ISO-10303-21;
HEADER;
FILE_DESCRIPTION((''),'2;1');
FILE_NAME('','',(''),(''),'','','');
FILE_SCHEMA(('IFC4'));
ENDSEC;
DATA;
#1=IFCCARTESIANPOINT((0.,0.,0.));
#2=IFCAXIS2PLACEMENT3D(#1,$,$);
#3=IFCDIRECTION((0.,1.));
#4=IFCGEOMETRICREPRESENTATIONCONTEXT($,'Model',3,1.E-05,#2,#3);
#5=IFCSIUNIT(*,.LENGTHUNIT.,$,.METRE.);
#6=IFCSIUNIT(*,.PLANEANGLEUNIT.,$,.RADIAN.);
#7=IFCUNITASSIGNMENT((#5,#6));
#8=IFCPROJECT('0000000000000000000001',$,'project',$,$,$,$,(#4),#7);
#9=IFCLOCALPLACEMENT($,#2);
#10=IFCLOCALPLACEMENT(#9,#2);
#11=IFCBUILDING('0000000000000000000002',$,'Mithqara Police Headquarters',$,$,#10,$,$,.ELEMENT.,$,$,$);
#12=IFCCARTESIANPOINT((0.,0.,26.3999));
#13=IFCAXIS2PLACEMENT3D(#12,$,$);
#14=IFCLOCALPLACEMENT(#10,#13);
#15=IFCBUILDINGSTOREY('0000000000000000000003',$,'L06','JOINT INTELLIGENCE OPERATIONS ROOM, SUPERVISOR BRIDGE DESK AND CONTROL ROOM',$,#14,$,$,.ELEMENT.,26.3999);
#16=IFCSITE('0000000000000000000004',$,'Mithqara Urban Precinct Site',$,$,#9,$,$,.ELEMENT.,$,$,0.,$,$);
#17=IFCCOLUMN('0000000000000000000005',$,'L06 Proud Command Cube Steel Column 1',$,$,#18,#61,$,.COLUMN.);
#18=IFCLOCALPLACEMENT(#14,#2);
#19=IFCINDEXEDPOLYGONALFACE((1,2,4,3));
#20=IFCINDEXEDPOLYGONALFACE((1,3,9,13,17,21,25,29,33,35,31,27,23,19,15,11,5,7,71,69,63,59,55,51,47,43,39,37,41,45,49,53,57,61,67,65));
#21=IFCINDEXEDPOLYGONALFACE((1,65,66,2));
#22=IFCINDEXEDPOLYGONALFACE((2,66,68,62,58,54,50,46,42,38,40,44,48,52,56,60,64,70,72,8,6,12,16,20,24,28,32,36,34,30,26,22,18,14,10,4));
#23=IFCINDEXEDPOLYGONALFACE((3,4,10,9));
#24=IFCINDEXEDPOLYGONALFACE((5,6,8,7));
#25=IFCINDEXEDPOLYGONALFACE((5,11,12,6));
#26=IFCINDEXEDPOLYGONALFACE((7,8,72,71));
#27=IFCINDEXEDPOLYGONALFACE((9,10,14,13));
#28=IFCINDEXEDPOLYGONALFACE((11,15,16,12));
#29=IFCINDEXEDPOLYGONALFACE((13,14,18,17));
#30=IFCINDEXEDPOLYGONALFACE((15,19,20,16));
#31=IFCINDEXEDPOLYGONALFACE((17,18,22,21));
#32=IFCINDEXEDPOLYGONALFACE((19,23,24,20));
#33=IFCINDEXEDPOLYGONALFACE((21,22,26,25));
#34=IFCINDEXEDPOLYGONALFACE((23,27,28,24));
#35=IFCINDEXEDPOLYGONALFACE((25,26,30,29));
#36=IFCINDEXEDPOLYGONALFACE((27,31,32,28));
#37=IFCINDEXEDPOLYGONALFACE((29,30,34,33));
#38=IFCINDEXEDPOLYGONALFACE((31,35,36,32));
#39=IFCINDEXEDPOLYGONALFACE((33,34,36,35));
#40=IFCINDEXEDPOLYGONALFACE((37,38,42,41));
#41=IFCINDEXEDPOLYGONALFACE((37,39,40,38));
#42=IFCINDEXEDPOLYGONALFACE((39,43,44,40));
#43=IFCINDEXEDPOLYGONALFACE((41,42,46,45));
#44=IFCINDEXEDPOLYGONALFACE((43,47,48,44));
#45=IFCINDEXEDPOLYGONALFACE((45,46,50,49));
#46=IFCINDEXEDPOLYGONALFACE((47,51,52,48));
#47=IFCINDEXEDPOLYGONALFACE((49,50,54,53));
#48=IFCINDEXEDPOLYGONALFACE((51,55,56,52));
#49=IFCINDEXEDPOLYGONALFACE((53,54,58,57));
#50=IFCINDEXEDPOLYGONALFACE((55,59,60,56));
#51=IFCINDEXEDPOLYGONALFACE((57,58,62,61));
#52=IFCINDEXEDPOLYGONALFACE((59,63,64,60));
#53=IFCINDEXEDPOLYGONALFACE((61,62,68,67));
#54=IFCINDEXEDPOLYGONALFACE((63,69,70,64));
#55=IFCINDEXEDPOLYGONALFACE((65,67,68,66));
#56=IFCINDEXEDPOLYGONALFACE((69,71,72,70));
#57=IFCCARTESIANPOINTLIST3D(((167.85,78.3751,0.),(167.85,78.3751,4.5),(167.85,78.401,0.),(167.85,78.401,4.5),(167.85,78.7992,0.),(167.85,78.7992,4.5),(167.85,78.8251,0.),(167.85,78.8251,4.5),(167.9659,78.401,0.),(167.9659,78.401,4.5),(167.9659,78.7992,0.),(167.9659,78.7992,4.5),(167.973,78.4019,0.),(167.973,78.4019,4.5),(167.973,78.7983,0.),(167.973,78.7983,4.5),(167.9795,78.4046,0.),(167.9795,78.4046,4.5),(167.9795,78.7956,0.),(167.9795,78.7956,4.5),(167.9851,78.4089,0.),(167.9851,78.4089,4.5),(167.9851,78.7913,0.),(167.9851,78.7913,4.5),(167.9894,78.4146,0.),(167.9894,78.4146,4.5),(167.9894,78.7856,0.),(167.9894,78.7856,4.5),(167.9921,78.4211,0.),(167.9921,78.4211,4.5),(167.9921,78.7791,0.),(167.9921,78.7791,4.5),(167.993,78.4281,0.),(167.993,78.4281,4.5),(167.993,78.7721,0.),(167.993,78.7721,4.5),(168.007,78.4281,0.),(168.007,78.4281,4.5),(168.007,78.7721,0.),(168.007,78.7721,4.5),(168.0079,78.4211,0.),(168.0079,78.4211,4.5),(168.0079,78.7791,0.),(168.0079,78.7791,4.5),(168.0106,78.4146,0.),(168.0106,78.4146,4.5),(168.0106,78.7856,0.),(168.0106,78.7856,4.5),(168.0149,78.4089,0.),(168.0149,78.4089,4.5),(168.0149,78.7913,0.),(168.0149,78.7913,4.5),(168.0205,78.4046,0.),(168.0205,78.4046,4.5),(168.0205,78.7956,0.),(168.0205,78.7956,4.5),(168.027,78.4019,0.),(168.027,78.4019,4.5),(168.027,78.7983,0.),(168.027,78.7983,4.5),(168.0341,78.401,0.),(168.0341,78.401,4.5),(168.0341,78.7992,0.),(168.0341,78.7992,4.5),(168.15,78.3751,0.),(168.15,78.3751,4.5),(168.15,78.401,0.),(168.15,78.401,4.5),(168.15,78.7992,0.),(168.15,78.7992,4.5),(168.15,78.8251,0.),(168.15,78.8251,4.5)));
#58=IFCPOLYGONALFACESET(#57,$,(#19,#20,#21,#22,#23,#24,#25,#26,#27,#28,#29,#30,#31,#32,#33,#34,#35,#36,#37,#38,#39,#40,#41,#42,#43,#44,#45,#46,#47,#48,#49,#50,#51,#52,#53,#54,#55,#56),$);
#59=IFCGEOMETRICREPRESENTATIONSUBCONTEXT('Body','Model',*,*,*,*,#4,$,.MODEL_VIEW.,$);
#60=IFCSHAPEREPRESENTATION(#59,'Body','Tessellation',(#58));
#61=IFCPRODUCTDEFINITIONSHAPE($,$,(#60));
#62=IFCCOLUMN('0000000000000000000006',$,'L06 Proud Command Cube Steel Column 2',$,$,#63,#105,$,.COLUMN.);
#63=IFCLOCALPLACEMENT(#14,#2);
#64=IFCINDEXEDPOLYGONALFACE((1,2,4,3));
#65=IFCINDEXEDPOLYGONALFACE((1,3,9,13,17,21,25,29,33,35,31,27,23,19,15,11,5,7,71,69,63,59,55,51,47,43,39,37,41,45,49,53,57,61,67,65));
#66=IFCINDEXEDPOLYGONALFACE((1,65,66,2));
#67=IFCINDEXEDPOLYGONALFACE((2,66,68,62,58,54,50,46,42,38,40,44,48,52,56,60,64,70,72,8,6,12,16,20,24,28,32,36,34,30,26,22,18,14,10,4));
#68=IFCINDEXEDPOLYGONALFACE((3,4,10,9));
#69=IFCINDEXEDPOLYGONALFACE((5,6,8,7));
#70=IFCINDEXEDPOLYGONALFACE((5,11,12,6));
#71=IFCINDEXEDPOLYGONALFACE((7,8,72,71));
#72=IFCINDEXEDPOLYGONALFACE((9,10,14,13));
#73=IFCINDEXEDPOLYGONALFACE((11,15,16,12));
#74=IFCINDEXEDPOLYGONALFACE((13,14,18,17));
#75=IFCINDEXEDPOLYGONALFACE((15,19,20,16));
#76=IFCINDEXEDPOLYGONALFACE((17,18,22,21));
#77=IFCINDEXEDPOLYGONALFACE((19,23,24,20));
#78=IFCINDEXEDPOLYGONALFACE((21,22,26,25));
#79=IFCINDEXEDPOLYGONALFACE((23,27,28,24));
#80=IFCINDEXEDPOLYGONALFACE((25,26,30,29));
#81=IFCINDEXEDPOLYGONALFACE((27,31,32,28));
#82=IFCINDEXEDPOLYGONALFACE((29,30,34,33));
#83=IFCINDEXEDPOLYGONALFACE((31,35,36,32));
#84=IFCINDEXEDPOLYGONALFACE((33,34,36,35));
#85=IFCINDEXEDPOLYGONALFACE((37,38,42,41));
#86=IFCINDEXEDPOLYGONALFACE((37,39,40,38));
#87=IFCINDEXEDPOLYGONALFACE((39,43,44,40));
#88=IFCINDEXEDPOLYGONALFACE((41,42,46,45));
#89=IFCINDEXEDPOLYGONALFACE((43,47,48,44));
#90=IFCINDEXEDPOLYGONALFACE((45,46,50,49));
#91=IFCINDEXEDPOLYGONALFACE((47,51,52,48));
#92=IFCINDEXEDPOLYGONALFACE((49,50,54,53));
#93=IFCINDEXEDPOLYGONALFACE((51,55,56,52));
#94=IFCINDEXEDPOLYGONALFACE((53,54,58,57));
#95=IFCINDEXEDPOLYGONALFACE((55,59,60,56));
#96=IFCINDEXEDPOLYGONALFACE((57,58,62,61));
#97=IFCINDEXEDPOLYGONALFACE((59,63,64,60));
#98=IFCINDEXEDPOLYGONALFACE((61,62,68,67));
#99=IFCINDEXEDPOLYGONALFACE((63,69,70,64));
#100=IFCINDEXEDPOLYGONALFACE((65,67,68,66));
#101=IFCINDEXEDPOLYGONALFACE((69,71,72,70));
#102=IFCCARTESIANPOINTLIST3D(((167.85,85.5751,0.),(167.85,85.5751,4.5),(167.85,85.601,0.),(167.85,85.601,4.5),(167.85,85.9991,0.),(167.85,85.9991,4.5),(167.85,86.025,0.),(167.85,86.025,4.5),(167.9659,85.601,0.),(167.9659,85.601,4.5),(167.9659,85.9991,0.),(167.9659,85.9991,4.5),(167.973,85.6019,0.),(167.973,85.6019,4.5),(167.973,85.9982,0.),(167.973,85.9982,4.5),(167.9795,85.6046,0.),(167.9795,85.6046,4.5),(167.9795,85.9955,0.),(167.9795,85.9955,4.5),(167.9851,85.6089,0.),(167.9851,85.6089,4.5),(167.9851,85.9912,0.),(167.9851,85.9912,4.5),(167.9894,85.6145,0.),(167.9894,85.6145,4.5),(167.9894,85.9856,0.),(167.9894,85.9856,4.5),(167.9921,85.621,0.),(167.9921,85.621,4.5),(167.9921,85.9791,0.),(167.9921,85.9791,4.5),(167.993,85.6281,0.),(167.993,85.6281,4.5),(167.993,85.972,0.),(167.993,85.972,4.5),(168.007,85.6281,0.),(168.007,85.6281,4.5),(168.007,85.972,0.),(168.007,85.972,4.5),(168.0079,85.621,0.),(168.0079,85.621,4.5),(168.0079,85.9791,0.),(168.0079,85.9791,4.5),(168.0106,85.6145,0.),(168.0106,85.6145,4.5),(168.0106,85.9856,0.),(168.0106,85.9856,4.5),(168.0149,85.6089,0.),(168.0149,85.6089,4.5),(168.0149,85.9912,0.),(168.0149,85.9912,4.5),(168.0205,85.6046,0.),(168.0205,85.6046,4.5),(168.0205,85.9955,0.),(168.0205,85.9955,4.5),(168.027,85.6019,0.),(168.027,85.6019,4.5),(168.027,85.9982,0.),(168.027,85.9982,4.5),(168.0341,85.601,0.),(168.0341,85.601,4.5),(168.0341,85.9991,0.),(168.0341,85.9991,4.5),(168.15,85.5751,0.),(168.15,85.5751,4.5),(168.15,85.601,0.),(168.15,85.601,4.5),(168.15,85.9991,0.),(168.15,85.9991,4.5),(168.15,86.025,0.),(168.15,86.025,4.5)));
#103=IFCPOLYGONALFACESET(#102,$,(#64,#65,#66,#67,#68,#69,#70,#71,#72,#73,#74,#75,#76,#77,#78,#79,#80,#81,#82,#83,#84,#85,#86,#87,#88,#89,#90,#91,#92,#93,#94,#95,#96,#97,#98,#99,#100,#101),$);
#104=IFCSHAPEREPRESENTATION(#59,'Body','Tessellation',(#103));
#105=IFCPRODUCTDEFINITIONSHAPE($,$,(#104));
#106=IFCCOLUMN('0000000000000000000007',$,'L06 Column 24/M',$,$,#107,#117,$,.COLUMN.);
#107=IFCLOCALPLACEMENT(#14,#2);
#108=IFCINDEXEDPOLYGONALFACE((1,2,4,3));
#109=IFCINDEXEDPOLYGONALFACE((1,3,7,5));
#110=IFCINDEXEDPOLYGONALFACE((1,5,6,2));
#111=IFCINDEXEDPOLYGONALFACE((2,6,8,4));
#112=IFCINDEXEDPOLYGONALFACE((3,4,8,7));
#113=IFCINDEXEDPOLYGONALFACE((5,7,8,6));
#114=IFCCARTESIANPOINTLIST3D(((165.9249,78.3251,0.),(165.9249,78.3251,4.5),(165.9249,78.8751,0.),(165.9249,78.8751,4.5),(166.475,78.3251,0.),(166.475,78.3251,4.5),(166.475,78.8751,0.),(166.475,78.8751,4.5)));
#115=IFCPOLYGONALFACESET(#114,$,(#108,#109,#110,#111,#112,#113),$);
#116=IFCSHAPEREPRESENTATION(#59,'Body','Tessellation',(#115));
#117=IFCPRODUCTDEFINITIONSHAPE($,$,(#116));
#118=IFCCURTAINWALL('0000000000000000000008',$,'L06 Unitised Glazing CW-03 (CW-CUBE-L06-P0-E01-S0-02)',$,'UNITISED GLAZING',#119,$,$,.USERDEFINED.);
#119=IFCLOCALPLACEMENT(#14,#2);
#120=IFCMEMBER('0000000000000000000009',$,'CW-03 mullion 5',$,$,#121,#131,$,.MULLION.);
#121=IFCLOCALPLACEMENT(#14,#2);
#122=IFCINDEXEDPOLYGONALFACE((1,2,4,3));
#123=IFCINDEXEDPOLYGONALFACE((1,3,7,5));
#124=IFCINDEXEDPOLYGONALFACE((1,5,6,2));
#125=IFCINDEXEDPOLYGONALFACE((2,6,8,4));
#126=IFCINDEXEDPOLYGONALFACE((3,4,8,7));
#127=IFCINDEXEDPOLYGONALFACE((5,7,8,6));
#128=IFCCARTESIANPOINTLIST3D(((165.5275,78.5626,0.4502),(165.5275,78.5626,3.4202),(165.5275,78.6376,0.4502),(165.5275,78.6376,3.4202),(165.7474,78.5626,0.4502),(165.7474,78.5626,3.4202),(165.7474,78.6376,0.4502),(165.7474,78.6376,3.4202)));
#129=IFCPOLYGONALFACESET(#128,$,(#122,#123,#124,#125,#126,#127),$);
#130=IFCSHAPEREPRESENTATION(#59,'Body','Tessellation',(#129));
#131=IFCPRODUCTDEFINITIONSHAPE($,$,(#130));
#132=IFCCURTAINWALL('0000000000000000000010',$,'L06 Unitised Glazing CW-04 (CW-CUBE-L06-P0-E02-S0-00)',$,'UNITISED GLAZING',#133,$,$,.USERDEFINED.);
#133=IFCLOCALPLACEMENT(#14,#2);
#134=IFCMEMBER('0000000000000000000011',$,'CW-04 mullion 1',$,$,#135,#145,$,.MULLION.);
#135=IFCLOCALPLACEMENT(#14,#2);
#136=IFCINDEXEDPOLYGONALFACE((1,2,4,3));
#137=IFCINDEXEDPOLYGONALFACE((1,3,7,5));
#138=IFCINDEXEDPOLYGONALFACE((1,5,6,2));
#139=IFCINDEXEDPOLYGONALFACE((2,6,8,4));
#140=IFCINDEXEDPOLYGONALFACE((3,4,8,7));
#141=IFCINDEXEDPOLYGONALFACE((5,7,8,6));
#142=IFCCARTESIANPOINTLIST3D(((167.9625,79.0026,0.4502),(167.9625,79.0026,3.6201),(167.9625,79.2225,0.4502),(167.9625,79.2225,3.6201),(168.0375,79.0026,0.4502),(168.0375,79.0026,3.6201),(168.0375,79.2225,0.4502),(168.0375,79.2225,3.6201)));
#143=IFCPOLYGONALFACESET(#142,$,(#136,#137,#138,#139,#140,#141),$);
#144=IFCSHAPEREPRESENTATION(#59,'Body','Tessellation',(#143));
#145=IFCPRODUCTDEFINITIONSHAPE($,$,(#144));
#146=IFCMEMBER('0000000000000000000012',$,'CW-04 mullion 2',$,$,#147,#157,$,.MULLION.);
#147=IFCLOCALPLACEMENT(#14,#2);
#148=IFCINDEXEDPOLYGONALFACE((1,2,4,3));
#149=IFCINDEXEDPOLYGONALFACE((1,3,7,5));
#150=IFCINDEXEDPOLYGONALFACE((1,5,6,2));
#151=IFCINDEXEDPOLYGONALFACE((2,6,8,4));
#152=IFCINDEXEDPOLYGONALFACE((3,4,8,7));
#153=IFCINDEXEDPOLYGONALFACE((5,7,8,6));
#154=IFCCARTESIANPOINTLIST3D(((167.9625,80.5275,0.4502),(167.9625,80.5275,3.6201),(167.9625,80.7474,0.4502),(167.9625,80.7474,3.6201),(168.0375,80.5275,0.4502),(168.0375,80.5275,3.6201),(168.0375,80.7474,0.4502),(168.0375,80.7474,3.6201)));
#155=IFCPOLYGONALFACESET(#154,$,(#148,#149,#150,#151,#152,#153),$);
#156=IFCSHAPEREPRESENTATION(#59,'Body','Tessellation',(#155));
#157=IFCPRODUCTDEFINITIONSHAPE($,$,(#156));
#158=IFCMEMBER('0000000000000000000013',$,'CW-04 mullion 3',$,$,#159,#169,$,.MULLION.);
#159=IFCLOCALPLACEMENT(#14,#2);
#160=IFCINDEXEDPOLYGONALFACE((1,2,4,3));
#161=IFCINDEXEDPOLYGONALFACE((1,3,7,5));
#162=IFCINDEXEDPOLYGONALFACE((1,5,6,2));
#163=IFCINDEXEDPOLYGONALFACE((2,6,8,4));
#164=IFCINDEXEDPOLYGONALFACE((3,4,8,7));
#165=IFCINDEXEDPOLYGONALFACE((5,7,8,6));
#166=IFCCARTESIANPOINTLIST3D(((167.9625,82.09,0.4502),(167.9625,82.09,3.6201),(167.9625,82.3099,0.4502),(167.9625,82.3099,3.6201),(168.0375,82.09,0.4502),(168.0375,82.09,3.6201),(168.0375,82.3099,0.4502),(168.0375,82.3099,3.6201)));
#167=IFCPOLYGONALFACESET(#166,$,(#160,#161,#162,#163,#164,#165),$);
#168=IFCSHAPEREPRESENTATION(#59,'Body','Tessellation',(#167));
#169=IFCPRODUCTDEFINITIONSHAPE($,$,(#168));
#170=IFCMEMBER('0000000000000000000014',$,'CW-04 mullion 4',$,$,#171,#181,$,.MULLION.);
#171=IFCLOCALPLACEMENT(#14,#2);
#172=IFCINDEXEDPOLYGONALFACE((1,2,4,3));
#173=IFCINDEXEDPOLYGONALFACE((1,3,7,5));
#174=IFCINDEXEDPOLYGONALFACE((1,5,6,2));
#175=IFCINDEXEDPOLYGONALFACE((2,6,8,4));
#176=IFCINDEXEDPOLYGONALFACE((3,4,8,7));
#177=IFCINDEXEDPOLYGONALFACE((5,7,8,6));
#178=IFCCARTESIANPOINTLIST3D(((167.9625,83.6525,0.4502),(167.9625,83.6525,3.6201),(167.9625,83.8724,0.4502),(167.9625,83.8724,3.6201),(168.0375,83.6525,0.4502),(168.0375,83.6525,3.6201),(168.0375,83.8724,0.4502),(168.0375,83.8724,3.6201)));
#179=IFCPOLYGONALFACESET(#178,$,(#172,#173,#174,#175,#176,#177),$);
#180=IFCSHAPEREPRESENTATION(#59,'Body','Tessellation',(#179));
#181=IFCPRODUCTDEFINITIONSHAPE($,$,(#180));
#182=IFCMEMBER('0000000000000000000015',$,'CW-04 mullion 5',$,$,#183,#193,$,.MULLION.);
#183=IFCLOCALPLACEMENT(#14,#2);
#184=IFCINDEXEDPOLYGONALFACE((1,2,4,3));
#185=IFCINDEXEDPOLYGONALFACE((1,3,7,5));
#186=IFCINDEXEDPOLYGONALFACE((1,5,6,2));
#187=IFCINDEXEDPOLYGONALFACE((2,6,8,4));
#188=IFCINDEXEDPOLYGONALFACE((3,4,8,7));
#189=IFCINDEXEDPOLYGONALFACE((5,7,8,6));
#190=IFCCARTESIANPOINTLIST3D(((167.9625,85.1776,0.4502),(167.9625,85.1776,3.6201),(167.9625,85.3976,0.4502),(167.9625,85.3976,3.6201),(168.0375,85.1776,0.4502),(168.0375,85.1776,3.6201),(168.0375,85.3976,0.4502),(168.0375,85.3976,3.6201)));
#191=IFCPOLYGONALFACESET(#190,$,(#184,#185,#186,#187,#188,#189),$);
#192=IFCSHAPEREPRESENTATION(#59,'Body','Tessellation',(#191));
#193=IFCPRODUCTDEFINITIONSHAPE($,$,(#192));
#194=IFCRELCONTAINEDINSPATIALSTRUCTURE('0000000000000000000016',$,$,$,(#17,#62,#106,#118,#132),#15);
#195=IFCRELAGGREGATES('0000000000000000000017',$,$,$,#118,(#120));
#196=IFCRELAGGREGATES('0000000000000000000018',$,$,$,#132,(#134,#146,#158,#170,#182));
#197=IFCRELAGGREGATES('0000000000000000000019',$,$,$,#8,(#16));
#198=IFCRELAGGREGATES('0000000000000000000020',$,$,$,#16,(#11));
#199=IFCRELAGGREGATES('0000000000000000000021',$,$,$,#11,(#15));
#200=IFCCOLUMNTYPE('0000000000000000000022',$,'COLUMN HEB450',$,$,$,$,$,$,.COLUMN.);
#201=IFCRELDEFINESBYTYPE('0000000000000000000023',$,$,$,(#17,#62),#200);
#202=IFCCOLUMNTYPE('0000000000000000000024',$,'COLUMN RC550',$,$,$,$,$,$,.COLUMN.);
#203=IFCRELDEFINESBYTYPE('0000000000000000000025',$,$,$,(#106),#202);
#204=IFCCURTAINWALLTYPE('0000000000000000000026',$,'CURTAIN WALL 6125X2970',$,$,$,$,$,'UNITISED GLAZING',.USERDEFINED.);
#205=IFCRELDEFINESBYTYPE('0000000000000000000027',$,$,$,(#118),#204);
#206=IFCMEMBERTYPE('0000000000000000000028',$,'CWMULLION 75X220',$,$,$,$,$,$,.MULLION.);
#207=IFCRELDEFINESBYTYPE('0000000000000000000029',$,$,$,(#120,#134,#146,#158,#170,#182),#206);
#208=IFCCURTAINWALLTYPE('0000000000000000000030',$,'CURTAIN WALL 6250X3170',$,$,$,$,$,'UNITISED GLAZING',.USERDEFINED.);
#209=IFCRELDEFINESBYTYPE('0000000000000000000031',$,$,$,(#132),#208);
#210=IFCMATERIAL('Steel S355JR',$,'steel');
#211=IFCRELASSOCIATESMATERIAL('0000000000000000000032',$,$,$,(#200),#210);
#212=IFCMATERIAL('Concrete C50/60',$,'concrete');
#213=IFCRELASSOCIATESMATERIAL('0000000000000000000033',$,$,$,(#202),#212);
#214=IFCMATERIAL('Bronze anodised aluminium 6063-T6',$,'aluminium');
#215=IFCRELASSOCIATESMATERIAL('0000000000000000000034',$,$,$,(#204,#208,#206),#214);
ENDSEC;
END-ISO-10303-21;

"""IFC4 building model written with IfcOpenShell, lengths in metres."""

from ifc_helpers import new_model, si_unit, direction, frame, origin, origin_2d, place, context, subcontext, project, spatial, rectangle, i_section, extrude, material, material_profile, profile_set, type_object, element, aggregate, save


model = new_model("IFC4")

# Units and contexts
model_context = context("Model", 3, precision=1e-05, world=origin(), true_north=direction((0.0, 1.0)))
body_context = subcontext(model_context, "Body", "Model", "MODEL_VIEW")
ifc_project = project(units=[si_unit("LENGTHUNIT", "METRE"), si_unit("PLANEANGLEUNIT", "RADIAN")], contexts=[model_context])

# Site, building, storey
site_placement = place(None, origin())
site = spatial("IfcSite", under=ifc_project, at=site_placement, Name="Mithqara Urban Precinct Site", CompositionType="ELEMENT", RefElevation=0.0)
building_placement = place(site_placement, origin())
building = spatial("IfcBuilding", under=site, at=building_placement, Name="Mithqara Police Headquarters", CompositionType="ELEMENT")
storey_placement = place(building_placement, frame((0.0, 0.0, 26.3999)))
storey = spatial("IfcBuildingStorey", under=building, at=storey_placement, Name="L06", Description="JOINT INTELLIGENCE OPERATIONS ROOM, SUPERVISOR BRIDGE DESK AND CONTROL ROOM", CompositionType="ELEMENT", Elevation=26.3999)

# Columns
ifc_material_1 = material(Name="Steel S355JR", Category="steel")
ifc_material_profile_1 = material_profile(ifc_material_1, i_section(OverallWidth=0.3, OverallDepth=0.45, WebThickness=0.0139, FlangeThickness=0.0259, FilletRadius=0.0271, at=origin_2d()), Name="HEB 450")
ifc_profile_set_1 = profile_set([ifc_material_profile_1], Name="Steel S355JR")
column_type_1 = type_object("IfcColumnType", Name="COLUMN HEB450", PredefinedType="COLUMN", material=ifc_profile_set_1)
for number, where, z_axis, x_axis, name in (
    (1, (168.0, 78.6001, 0.0), (0.0, 0.0, 1.0), (1.0, 0.0, 0.0), "L06 Proud Command Cube Steel Column 1"),
    (2, (168.0, 85.8, 0.0), (0.0, 0.0, 1.0), (1.0, 0.0, 0.0), "L06 Proud Command Cube Steel Column 2"),
):
    element("IfcColumn", number, at=place(storey_placement, frame(where, z_axis=z_axis, x_axis=x_axis)), inside=storey, type_object=column_type_1, Name=name, PredefinedType="COLUMN", context=body_context, shape_type="SweptSolid", body=[
        extrude(i_section(OverallWidth=0.3, OverallDepth=0.45, WebThickness=0.0139, FlangeThickness=0.0259, FilletRadius=0.0271, at=origin_2d()), origin(), (0.0, 0.0, 1.0), 4.5),
    ])
ifc_material_2 = material(Name="Concrete C50/60", Category="concrete")
ifc_material_profile_2 = material_profile(ifc_material_2, rectangle(XDim=0.55, YDim=0.55, at=origin_2d()), Name="RC 550x550")
ifc_profile_set_2 = profile_set([ifc_material_profile_2], Name="Concrete C50/60")
column_type_2 = type_object("IfcColumnType", Name="COLUMN RC550", PredefinedType="COLUMN", material=ifc_profile_set_2)
column_placement = place(storey_placement, frame((166.2, 78.6001, 0.0), z_axis=(0.0, 0.0, 1.0), x_axis=(1.0, 0.0, 0.0)))
element("IfcColumn", 3, at=column_placement, inside=storey, type_object=column_type_2, Name="L06 Column 24/M", PredefinedType="COLUMN", context=body_context, shape_type="SweptSolid", body=[
    extrude(rectangle(XDim=0.55, YDim=0.55, at=origin_2d()), origin(), (0.0, 0.0, 1.0), 4.5),
])

# Curtain wall, member
ifc_material_3 = material(Name="Bronze anodised aluminium 6063-T6", Category="aluminium")
curtain_wall_type_1 = type_object("IfcCurtainWallType", Name="CURTAIN WALL 6125X2970", ElementType="UNITISED GLAZING", PredefinedType="USERDEFINED", material=ifc_material_3)
curtain_wall_1_placement = place(storey_placement, origin())
curtain_wall_1 = element("IfcCurtainWall", 4, at=curtain_wall_1_placement, inside=storey, type_object=curtain_wall_type_1, Name="L06 Unitised Glazing CW-03 (CW-CUBE-L06-P0-E01-S0-02)", ObjectType="UNITISED GLAZING", PredefinedType="USERDEFINED")
ifc_material_profile_3 = material_profile(ifc_material_3, rectangle(XDim=0.075, YDim=0.22, at=origin_2d()), Name="CWM 75x220")
ifc_profile_set_3 = profile_set([ifc_material_profile_3], Name="Bronze anodised aluminium 6063-T6")
member_type_1 = type_object("IfcMemberType", Name="CWMULLION 75X220", PredefinedType="MULLION", material=ifc_profile_set_3)
member_1_placement = place(storey_placement, frame((165.6375, 78.6001, 0.4502), z_axis=(0.0, 0.0, 1.0), x_axis=(0.0, 1.0, 0.0)))
member_1 = element("IfcMember", 5, at=member_1_placement, type_object=member_type_1, Name="CW-03 mullion 5", PredefinedType="MULLION", context=body_context, shape_type="SweptSolid", body=[
    extrude(rectangle(XDim=0.075, YDim=0.22, at=origin_2d()), origin(), (0.0, 0.0, 1.0), 2.97),
])
aggregate(curtain_wall_1, [member_1])

# Curtain wall, members
curtain_wall_type_2 = type_object("IfcCurtainWallType", Name="CURTAIN WALL 6250X3170", ElementType="UNITISED GLAZING", PredefinedType="USERDEFINED", material=ifc_material_3)
curtain_wall_2_placement = place(storey_placement, origin())
curtain_wall_2 = element("IfcCurtainWall", 6, at=curtain_wall_2_placement, inside=storey, type_object=curtain_wall_type_2, Name="L06 Unitised Glazing CW-04 (CW-CUBE-L06-P0-E02-S0-00)", ObjectType="UNITISED GLAZING", PredefinedType="USERDEFINED")
member_2_placement = place(storey_placement, frame((168.0, 79.1125, 0.4502), z_axis=(0.0, 0.0, 1.0), x_axis=(-1.0, 0.0, 0.0)))
member_2 = element("IfcMember", 7, at=member_2_placement, type_object=member_type_1, Name="CW-04 mullion 1", PredefinedType="MULLION", context=body_context, shape_type="SweptSolid", body=[
    extrude(rectangle(XDim=0.075, YDim=0.22, at=origin_2d()), origin(), (0.0, 0.0, 1.0), 3.1699),
])
member_3_placement = place(storey_placement, frame((168.0, 80.6375, 0.4502), z_axis=(0.0, 0.0, 1.0), x_axis=(-1.0, 0.0, 0.0)))
member_3 = element("IfcMember", 8, at=member_3_placement, type_object=member_type_1, Name="CW-04 mullion 2", PredefinedType="MULLION", context=body_context, shape_type="SweptSolid", body=[
    extrude(rectangle(XDim=0.075, YDim=0.22, at=origin_2d()), origin(), (0.0, 0.0, 1.0), 3.1699),
])
member_4_placement = place(storey_placement, frame((168.0, 82.2, 0.4502), z_axis=(0.0, 0.0, 1.0), x_axis=(-1.0, 0.0, 0.0)))
member_4 = element("IfcMember", 9, at=member_4_placement, type_object=member_type_1, Name="CW-04 mullion 3", PredefinedType="MULLION", context=body_context, shape_type="SweptSolid", body=[
    extrude(rectangle(XDim=0.075, YDim=0.22, at=origin_2d()), origin(), (0.0, 0.0, 1.0), 3.1699),
])
member_5_placement = place(storey_placement, frame((168.0, 83.7625, 0.4502), z_axis=(0.0, 0.0, 1.0), x_axis=(-1.0, 0.0, 0.0)))
member_5 = element("IfcMember", 10, at=member_5_placement, type_object=member_type_1, Name="CW-04 mullion 4", PredefinedType="MULLION", context=body_context, shape_type="SweptSolid", body=[
    extrude(rectangle(XDim=0.075, YDim=0.22, at=origin_2d()), origin(), (0.0, 0.0, 1.0), 3.1699),
])
member_6_placement = place(storey_placement, frame((168.0, 85.2876, 0.4502), z_axis=(0.0, 0.0, 1.0), x_axis=(-1.0, 0.0, 0.0)))
member_6 = element("IfcMember", 11, at=member_6_placement, type_object=member_type_1, Name="CW-04 mullion 5", PredefinedType="MULLION", context=body_context, shape_type="SweptSolid", body=[
    extrude(rectangle(XDim=0.075, YDim=0.22, at=origin_2d()), origin(), (0.0, 0.0, 1.0), 3.1699),
])

aggregate(curtain_wall_2, [member_2, member_3, member_4, member_5, member_6])

save(model, "model.ifc")
